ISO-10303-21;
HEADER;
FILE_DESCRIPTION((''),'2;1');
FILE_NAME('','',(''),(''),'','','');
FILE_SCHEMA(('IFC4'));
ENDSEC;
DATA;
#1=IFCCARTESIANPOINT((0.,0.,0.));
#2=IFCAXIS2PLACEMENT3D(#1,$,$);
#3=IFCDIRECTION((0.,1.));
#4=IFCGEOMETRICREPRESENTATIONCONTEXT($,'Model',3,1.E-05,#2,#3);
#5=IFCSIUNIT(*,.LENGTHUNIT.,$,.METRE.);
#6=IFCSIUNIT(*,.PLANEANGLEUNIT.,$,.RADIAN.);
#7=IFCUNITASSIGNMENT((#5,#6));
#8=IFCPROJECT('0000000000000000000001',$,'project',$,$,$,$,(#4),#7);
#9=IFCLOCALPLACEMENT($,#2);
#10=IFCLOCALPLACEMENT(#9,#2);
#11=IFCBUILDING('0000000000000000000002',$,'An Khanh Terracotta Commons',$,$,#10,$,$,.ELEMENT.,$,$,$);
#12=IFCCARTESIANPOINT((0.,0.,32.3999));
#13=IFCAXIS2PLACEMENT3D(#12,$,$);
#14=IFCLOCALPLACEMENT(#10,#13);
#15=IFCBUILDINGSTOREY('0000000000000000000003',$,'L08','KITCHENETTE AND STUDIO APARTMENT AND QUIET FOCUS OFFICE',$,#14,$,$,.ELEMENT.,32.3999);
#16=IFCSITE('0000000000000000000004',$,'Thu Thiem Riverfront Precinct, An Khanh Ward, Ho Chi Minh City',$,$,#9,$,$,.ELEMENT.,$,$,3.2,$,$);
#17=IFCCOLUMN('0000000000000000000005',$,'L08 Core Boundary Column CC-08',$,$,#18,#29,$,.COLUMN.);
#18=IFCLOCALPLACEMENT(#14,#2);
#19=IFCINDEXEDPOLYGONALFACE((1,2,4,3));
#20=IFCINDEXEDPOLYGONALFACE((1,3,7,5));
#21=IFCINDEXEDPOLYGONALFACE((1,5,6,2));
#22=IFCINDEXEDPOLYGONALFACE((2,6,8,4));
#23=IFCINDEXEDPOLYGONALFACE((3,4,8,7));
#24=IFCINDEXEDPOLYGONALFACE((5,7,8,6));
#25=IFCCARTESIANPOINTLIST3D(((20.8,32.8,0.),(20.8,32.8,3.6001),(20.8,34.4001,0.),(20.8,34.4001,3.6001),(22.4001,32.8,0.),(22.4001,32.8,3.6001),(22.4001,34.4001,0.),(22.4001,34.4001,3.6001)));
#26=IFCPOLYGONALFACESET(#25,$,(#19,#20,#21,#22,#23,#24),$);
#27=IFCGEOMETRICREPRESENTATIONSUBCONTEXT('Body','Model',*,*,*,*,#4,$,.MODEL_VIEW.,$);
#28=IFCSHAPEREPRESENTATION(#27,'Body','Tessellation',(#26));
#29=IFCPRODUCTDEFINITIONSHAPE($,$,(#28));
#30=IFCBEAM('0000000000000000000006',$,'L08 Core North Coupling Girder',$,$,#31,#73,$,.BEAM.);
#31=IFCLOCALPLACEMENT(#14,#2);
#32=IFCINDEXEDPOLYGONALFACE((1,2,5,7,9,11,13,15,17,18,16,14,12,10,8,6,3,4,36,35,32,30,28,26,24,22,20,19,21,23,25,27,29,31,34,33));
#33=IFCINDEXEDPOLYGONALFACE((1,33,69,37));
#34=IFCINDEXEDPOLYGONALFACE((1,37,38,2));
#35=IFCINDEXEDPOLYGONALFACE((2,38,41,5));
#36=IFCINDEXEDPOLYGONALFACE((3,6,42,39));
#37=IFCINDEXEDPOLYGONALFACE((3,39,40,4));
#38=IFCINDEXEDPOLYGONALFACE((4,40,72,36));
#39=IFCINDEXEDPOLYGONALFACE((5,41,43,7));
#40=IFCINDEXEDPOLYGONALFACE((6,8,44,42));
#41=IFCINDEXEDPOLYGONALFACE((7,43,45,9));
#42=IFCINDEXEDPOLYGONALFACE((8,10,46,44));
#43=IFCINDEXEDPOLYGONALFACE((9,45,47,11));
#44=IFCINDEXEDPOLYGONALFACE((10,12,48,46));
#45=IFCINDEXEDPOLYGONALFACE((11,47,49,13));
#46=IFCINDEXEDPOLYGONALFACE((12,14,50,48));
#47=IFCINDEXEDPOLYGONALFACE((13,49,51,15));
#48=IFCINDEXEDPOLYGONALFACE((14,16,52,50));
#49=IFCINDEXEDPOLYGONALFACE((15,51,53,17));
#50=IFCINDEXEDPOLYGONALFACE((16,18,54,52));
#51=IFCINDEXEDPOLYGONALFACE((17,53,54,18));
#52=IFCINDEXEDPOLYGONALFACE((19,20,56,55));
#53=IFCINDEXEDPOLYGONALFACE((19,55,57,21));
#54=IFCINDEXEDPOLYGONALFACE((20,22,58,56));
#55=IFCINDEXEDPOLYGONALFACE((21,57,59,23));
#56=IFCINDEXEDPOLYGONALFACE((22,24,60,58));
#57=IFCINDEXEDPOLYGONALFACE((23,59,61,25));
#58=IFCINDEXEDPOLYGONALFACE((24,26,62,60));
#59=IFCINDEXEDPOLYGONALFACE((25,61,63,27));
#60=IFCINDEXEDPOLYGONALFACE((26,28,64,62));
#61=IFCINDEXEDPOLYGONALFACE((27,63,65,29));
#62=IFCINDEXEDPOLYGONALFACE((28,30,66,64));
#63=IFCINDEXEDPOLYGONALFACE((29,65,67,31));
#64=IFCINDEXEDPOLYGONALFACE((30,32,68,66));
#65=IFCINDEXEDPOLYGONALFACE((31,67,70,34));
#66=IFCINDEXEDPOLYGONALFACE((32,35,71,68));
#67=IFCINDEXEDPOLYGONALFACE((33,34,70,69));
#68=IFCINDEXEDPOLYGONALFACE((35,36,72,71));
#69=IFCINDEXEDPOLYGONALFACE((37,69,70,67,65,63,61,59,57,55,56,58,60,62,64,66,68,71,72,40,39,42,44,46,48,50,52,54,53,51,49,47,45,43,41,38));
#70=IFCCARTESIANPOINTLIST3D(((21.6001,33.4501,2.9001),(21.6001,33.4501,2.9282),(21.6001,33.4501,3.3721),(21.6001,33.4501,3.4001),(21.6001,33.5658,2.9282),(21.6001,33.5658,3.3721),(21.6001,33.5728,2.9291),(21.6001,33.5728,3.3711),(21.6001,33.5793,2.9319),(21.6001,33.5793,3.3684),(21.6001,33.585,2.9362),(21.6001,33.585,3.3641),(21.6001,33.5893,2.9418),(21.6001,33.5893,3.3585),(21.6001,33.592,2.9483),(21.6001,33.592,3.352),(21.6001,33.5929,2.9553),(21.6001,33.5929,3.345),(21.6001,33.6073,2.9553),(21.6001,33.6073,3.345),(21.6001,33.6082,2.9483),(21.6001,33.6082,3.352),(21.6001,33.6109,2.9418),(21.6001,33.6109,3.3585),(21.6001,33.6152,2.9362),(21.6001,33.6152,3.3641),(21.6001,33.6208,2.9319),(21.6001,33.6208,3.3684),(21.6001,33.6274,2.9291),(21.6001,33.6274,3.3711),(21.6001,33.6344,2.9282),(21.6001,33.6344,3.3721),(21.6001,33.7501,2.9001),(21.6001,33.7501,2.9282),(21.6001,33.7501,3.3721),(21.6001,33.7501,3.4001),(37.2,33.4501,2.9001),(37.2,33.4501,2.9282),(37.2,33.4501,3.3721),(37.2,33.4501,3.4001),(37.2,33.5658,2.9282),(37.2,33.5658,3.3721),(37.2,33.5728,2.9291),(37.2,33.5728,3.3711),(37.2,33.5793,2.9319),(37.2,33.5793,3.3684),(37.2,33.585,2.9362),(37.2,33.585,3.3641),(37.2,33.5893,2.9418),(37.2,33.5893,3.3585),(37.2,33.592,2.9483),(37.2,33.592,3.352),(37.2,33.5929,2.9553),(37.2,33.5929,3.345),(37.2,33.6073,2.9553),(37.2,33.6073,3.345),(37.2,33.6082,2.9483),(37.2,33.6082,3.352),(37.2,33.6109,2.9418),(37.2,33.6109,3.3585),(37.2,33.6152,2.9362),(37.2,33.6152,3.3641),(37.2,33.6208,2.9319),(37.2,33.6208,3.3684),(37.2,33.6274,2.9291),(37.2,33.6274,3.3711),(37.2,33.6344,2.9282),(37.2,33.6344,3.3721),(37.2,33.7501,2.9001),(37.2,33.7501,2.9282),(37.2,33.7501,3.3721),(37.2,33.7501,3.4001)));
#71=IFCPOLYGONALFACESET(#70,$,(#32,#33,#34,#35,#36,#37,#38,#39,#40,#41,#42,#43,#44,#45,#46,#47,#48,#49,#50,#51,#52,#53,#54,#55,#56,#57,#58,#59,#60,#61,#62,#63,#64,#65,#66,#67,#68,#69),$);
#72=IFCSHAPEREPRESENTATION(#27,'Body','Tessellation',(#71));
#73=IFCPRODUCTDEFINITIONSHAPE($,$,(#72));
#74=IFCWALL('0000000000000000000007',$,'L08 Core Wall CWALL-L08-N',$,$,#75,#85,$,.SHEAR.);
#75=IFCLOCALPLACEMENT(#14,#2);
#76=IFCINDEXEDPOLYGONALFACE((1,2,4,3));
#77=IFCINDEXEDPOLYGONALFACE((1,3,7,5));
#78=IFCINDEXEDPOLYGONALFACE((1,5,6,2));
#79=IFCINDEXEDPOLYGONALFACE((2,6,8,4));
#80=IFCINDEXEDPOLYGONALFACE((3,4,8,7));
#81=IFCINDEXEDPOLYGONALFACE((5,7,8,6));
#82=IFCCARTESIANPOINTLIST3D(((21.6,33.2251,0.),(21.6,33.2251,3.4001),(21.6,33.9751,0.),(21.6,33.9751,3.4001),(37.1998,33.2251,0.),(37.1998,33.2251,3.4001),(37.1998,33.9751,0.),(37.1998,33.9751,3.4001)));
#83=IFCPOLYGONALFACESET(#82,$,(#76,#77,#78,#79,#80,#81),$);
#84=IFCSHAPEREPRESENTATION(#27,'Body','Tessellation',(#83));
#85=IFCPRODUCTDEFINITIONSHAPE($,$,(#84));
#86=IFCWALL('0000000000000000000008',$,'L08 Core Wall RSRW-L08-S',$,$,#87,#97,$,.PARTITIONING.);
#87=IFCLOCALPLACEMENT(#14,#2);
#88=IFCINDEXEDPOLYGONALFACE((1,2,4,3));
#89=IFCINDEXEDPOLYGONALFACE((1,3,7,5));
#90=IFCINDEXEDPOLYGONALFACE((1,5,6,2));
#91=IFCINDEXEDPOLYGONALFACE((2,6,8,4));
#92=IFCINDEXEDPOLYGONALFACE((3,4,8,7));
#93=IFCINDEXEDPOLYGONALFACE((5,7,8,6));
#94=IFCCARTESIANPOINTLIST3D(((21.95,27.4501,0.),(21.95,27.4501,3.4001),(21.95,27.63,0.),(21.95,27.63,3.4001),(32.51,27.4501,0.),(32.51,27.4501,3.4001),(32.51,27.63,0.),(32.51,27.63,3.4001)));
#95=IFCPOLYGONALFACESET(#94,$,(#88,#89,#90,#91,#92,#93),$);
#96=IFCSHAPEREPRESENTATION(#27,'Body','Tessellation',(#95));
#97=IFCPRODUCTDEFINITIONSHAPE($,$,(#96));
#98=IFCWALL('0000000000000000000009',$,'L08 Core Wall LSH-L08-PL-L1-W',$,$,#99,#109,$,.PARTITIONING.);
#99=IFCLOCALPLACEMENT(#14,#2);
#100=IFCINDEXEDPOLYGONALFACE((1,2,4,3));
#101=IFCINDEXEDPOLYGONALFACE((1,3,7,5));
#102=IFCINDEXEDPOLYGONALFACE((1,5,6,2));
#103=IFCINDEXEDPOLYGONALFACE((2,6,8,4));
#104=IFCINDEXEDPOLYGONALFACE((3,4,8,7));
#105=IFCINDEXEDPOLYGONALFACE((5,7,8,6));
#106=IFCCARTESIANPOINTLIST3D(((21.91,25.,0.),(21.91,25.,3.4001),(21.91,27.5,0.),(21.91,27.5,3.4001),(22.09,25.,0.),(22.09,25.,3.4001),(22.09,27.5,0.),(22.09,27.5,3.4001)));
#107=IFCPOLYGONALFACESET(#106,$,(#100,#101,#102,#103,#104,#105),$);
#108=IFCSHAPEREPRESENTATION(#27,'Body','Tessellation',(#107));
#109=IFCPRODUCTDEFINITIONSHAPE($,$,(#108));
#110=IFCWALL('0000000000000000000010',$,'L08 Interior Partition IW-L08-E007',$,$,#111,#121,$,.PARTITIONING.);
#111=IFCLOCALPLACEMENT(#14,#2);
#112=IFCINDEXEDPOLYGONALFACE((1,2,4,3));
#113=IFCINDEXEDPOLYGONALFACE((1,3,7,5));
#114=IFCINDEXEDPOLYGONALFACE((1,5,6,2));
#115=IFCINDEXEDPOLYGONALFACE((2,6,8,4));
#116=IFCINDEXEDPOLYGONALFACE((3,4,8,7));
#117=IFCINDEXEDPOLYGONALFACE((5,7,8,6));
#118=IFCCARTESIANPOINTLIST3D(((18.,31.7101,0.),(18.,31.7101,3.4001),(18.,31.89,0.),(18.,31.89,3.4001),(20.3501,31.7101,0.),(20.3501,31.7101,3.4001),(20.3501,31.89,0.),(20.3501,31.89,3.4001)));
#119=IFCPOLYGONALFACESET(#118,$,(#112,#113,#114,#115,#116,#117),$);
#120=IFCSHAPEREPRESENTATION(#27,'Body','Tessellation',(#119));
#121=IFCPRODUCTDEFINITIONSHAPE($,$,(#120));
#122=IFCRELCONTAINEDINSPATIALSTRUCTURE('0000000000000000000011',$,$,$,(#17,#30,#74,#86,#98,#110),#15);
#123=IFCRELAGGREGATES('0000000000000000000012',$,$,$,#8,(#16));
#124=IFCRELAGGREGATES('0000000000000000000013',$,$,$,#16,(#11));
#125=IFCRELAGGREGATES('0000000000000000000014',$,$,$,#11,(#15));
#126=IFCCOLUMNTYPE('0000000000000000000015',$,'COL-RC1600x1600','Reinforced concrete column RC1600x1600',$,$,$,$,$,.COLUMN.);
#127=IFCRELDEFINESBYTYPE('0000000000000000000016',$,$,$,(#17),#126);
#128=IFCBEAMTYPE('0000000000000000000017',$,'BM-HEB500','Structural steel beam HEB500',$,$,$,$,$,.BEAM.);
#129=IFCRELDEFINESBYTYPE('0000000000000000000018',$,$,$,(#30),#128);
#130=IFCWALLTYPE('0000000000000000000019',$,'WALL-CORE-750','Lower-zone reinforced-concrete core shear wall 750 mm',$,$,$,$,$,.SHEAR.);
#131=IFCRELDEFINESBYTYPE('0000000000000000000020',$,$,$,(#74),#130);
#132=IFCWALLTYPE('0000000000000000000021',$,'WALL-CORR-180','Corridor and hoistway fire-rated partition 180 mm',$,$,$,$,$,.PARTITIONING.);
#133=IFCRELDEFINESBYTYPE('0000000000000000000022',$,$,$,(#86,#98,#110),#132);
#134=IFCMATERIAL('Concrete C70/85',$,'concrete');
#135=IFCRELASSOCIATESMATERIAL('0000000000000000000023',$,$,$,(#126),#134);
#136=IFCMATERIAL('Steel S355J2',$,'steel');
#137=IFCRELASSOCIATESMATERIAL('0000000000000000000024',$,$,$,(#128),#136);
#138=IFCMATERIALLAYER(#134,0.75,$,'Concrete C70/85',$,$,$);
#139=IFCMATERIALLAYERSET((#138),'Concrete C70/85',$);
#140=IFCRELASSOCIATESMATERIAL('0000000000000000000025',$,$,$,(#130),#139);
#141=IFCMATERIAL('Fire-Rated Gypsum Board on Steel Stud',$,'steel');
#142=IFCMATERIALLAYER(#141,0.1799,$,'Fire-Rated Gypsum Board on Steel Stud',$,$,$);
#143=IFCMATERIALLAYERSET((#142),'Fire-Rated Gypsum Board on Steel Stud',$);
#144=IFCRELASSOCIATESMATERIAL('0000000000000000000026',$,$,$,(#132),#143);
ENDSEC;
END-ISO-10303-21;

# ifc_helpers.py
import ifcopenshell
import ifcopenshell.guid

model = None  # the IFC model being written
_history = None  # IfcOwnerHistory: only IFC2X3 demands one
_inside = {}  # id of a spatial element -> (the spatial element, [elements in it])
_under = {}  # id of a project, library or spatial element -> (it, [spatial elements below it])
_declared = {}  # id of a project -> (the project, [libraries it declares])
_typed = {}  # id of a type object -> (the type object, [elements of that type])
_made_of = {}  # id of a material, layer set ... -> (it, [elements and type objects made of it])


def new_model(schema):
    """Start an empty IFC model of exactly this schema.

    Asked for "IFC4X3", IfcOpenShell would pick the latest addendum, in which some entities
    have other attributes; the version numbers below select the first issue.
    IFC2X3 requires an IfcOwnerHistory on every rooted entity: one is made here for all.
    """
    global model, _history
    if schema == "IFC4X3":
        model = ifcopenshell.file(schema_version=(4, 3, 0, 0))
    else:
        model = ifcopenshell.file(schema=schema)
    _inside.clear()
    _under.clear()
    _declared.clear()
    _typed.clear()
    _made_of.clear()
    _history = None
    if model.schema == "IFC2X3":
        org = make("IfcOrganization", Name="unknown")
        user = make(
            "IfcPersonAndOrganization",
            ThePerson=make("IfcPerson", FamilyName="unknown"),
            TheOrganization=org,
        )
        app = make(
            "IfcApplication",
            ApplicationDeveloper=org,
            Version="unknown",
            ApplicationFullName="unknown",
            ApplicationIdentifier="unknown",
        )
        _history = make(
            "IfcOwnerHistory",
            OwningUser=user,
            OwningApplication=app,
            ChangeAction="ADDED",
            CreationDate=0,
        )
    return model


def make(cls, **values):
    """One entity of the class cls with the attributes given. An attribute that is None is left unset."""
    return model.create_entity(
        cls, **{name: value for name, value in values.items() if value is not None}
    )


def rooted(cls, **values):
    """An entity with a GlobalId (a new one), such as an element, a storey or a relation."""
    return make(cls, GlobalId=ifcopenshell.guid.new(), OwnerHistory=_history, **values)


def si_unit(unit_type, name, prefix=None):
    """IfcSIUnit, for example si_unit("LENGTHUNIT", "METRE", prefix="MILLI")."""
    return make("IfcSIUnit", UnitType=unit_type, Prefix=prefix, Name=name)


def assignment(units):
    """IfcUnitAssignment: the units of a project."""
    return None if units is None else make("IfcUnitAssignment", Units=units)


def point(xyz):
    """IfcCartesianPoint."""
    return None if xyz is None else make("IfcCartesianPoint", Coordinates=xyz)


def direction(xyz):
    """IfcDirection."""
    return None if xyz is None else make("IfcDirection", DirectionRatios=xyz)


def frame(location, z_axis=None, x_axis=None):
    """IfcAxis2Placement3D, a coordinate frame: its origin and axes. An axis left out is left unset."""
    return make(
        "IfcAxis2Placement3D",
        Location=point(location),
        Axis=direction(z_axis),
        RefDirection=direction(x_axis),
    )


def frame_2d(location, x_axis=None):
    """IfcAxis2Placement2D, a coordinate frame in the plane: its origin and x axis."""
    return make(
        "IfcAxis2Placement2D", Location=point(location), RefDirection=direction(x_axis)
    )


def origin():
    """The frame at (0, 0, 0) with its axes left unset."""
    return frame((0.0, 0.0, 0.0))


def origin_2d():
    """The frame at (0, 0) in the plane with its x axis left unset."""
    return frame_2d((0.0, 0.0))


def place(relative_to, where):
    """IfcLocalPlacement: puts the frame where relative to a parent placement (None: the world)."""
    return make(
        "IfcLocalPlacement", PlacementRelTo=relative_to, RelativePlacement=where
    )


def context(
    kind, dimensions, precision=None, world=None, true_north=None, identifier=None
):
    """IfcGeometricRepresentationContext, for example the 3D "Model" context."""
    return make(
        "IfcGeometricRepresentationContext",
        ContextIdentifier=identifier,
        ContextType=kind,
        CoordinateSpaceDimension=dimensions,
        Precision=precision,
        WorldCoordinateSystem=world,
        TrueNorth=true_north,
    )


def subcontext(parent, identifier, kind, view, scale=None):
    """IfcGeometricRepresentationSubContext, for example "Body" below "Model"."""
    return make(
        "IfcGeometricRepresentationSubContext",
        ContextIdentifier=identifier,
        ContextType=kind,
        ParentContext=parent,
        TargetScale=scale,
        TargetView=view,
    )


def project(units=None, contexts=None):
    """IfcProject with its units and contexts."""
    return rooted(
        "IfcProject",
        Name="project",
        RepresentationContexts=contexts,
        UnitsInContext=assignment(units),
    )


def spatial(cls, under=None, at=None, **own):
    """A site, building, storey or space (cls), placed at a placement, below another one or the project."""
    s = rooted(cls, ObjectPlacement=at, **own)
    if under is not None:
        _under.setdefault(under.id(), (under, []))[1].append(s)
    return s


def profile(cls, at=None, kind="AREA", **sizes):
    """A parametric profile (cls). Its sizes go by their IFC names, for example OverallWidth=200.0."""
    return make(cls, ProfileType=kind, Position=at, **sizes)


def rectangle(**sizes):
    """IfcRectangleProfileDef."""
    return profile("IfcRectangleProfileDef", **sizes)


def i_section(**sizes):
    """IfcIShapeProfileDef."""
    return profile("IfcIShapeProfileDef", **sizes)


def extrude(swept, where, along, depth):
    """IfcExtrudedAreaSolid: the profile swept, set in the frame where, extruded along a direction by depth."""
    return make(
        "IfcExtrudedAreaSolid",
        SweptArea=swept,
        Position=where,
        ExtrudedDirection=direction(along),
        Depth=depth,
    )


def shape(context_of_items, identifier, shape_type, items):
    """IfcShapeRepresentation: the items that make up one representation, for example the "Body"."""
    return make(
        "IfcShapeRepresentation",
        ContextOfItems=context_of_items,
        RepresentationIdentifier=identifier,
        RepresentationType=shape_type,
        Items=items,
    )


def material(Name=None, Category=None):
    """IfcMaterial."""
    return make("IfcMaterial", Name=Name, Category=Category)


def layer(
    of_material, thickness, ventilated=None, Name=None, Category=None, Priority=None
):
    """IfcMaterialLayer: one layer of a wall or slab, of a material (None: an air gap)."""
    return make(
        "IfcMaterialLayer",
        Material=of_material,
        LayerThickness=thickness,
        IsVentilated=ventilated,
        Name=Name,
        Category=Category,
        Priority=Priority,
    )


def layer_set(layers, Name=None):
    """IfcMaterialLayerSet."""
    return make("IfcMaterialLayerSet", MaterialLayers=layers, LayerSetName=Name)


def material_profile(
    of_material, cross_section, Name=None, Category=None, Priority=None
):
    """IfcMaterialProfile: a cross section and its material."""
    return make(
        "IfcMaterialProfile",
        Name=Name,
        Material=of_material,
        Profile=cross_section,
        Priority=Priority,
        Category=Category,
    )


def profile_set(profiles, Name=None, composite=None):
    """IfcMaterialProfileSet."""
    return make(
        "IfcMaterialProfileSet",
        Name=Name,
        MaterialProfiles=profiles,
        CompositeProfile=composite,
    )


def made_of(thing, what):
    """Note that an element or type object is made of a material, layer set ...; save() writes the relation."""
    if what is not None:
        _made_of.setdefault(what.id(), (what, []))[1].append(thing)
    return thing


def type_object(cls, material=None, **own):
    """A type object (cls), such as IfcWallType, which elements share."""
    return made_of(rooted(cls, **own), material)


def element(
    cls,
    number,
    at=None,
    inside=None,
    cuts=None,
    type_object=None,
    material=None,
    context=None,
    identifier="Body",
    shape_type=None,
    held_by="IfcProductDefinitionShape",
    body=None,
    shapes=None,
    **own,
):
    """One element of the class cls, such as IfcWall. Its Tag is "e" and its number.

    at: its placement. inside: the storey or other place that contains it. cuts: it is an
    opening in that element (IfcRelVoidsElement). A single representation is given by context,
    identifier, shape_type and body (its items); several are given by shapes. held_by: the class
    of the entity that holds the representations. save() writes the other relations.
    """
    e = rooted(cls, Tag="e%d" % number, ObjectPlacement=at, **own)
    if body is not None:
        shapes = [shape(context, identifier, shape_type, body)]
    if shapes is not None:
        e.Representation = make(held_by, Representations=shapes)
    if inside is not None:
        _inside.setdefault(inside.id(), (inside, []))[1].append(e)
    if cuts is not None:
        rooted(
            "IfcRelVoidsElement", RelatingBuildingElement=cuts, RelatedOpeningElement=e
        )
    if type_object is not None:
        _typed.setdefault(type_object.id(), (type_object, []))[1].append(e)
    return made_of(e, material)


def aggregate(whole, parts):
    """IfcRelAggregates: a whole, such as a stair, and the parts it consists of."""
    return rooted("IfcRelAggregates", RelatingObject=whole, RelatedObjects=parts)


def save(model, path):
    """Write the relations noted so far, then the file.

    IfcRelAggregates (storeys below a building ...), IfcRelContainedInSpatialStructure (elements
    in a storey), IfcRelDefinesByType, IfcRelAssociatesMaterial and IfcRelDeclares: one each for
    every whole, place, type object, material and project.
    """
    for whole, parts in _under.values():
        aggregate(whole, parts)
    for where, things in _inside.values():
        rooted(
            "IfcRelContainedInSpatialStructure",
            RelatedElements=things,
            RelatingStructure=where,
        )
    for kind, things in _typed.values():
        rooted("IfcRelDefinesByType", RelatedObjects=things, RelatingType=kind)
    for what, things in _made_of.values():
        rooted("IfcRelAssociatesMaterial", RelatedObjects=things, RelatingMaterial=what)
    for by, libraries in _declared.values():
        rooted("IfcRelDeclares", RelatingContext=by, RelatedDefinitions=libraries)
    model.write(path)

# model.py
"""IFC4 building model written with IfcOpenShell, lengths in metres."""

from ifc_helpers import new_model, si_unit, direction, frame, frame_2d, origin, origin_2d, place, context, subcontext, project, spatial, rectangle, i_section, extrude, material, layer, layer_set, material_profile, profile_set, type_object, element, save


model = new_model("IFC4")

# Units and contexts
model_context = context("Model", 3, precision=1e-05, world=origin(), true_north=direction((0.0, 1.0)))
body_context = subcontext(model_context, "Body", "Model", "MODEL_VIEW")
ifc_project = project(units=[si_unit("LENGTHUNIT", "METRE"), si_unit("PLANEANGLEUNIT", "RADIAN")], contexts=[model_context])

# Site, building, storey
site_placement = place(None, origin())
site = spatial("IfcSite", under=ifc_project, at=site_placement, Name="Thu Thiem Riverfront Precinct, An Khanh Ward, Ho Chi Minh City", CompositionType="ELEMENT", RefElevation=3.2)
building_placement = place(site_placement, origin())
building = spatial("IfcBuilding", under=site, at=building_placement, Name="An Khanh Terracotta Commons", CompositionType="ELEMENT")
storey_placement = place(building_placement, frame((0.0, 0.0, 32.3999)))
storey = spatial("IfcBuildingStorey", under=building, at=storey_placement, Name="L08", Description="KITCHENETTE AND STUDIO APARTMENT AND QUIET FOCUS OFFICE", CompositionType="ELEMENT", Elevation=32.3999)

# Column
ifc_material_1 = material(Name="Concrete C70/85", Category="concrete")
ifc_material_profile_1 = material_profile(ifc_material_1, rectangle(XDim=1.6001, YDim=1.6001, at=origin_2d()), Name="RC1600x1600")
ifc_profile_set_1 = profile_set([ifc_material_profile_1], Name="Concrete C70/85")
column_type = type_object("IfcColumnType", Name="COL-RC1600x1600", Description="Reinforced concrete column RC1600x1600", PredefinedType="COLUMN", material=ifc_profile_set_1)
column_placement = place(storey_placement, frame((21.6001, 33.6001, 0.0), z_axis=(0.0, 0.0, 1.0), x_axis=(1.0, 0.0, 0.0)))
element("IfcColumn", 1, at=column_placement, inside=storey, type_object=column_type, Name="L08 Core Boundary Column CC-08", PredefinedType="COLUMN", context=body_context, shape_type="SweptSolid", body=[
    extrude(rectangle(XDim=1.6001, YDim=1.6001, at=origin_2d()), origin(), (0.0, 0.0, 1.0), 3.6001),
])

# Beam
ifc_material_2 = material(Name="Steel S355J2", Category="steel")
ifc_material_profile_2 = material_profile(ifc_material_2, i_section(OverallWidth=0.3, OverallDepth=0.5, WebThickness=0.0144, FlangeThickness=0.0281, FilletRadius=0.0271, at=origin_2d()), Name="HEB500")
ifc_profile_set_2 = profile_set([ifc_material_profile_2], Name="Steel S355J2")
beam_type = type_object("IfcBeamType", Name="BM-HEB500", Description="Structural steel beam HEB500", PredefinedType="BEAM", material=ifc_profile_set_2)
beam_placement = place(storey_placement, frame((21.6001, 33.6001, 3.1501), z_axis=(1.0, 0.0, 0.0), x_axis=(0.0, 1.0, 0.0)))
element("IfcBeam", 2, at=beam_placement, inside=storey, type_object=beam_type, Name="L08 Core North Coupling Girder", PredefinedType="BEAM", context=body_context, shape_type="SweptSolid", body=[
    extrude(i_section(OverallWidth=0.3, OverallDepth=0.5, WebThickness=0.0144, FlangeThickness=0.0281, FilletRadius=0.0271, at=origin_2d()), origin(), (0.0, 0.0, 1.0), 15.5999),
])

# Walls
ifc_layer_1 = layer(ifc_material_1, 0.75, Name="Concrete C70/85")
ifc_layer_set_1 = layer_set([ifc_layer_1], Name="Concrete C70/85")
wall_type_1 = type_object("IfcWallType", Name="WALL-CORE-750", Description="Lower-zone reinforced-concrete core shear wall 750 mm", PredefinedType="SHEAR", material=ifc_layer_set_1)
wall_1_placement = place(storey_placement, frame((21.6001, 33.6001, 0.0), z_axis=(0.0, 0.0, 1.0), x_axis=(1.0, 0.0, 0.0)))
element("IfcWall", 3, at=wall_1_placement, inside=storey, type_object=wall_type_1, Name="L08 Core Wall CWALL-L08-N", PredefinedType="SHEAR", context=body_context, shape_type="SweptSolid", body=[
    extrude(rectangle(XDim=15.5999, YDim=0.75, at=frame_2d((7.7998, 0.0))), origin(), (0.0, 0.0, 1.0), 3.4001),
])
ifc_material_3 = material(Name="Fire-Rated Gypsum Board on Steel Stud", Category="steel")
ifc_layer_2 = layer(ifc_material_3, 0.1799, Name="Fire-Rated Gypsum Board on Steel Stud")
ifc_layer_set_2 = layer_set([ifc_layer_2], Name="Fire-Rated Gypsum Board on Steel Stud")
wall_type_2 = type_object("IfcWallType", Name="WALL-CORR-180", Description="Corridor and hoistway fire-rated partition 180 mm", PredefinedType="PARTITIONING", material=ifc_layer_set_2)
wall_2_placement = place(storey_placement, frame((21.95, 27.54, 0.0), z_axis=(0.0, 0.0, 1.0), x_axis=(1.0, 0.0, 0.0)))
element("IfcWall", 4, at=wall_2_placement, inside=storey, type_object=wall_type_2, Name="L08 Core Wall RSRW-L08-S", PredefinedType="PARTITIONING", context=body_context, shape_type="SweptSolid", body=[
    extrude(rectangle(XDim=10.5601, YDim=0.1799, at=frame_2d((5.28, 0.0))), origin(), (0.0, 0.0, 1.0), 3.4001),
])
wall_3_placement = place(storey_placement, frame((22.0, 27.5, 0.0), z_axis=(0.0, 0.0, 1.0), x_axis=(0.0, -1.0, 0.0)))
element("IfcWall", 5, at=wall_3_placement, inside=storey, type_object=wall_type_2, Name="L08 Core Wall LSH-L08-PL-L1-W", PredefinedType="PARTITIONING", context=body_context, shape_type="SweptSolid", body=[
    extrude(rectangle(XDim=2.5, YDim=0.1799, at=frame_2d((1.25, 0.0))), origin(), (0.0, 0.0, 1.0), 3.4001),
])
wall_4_placement = place(storey_placement, frame((18.0, 31.8, 0.0), z_axis=(0.0, 0.0, 1.0), x_axis=(1.0, 0.0, 0.0)))
element("IfcWall", 6, at=wall_4_placement, inside=storey, type_object=wall_type_2, Name="L08 Interior Partition IW-L08-E007", PredefinedType="PARTITIONING", context=body_context, shape_type="SweptSolid", body=[
    extrude(rectangle(XDim=2.3501, YDim=0.1799, at=frame_2d((1.175, 0.0))), origin(), (0.0, 0.0, 1.0), 3.4001),
])

save(model, "model.ifc")
